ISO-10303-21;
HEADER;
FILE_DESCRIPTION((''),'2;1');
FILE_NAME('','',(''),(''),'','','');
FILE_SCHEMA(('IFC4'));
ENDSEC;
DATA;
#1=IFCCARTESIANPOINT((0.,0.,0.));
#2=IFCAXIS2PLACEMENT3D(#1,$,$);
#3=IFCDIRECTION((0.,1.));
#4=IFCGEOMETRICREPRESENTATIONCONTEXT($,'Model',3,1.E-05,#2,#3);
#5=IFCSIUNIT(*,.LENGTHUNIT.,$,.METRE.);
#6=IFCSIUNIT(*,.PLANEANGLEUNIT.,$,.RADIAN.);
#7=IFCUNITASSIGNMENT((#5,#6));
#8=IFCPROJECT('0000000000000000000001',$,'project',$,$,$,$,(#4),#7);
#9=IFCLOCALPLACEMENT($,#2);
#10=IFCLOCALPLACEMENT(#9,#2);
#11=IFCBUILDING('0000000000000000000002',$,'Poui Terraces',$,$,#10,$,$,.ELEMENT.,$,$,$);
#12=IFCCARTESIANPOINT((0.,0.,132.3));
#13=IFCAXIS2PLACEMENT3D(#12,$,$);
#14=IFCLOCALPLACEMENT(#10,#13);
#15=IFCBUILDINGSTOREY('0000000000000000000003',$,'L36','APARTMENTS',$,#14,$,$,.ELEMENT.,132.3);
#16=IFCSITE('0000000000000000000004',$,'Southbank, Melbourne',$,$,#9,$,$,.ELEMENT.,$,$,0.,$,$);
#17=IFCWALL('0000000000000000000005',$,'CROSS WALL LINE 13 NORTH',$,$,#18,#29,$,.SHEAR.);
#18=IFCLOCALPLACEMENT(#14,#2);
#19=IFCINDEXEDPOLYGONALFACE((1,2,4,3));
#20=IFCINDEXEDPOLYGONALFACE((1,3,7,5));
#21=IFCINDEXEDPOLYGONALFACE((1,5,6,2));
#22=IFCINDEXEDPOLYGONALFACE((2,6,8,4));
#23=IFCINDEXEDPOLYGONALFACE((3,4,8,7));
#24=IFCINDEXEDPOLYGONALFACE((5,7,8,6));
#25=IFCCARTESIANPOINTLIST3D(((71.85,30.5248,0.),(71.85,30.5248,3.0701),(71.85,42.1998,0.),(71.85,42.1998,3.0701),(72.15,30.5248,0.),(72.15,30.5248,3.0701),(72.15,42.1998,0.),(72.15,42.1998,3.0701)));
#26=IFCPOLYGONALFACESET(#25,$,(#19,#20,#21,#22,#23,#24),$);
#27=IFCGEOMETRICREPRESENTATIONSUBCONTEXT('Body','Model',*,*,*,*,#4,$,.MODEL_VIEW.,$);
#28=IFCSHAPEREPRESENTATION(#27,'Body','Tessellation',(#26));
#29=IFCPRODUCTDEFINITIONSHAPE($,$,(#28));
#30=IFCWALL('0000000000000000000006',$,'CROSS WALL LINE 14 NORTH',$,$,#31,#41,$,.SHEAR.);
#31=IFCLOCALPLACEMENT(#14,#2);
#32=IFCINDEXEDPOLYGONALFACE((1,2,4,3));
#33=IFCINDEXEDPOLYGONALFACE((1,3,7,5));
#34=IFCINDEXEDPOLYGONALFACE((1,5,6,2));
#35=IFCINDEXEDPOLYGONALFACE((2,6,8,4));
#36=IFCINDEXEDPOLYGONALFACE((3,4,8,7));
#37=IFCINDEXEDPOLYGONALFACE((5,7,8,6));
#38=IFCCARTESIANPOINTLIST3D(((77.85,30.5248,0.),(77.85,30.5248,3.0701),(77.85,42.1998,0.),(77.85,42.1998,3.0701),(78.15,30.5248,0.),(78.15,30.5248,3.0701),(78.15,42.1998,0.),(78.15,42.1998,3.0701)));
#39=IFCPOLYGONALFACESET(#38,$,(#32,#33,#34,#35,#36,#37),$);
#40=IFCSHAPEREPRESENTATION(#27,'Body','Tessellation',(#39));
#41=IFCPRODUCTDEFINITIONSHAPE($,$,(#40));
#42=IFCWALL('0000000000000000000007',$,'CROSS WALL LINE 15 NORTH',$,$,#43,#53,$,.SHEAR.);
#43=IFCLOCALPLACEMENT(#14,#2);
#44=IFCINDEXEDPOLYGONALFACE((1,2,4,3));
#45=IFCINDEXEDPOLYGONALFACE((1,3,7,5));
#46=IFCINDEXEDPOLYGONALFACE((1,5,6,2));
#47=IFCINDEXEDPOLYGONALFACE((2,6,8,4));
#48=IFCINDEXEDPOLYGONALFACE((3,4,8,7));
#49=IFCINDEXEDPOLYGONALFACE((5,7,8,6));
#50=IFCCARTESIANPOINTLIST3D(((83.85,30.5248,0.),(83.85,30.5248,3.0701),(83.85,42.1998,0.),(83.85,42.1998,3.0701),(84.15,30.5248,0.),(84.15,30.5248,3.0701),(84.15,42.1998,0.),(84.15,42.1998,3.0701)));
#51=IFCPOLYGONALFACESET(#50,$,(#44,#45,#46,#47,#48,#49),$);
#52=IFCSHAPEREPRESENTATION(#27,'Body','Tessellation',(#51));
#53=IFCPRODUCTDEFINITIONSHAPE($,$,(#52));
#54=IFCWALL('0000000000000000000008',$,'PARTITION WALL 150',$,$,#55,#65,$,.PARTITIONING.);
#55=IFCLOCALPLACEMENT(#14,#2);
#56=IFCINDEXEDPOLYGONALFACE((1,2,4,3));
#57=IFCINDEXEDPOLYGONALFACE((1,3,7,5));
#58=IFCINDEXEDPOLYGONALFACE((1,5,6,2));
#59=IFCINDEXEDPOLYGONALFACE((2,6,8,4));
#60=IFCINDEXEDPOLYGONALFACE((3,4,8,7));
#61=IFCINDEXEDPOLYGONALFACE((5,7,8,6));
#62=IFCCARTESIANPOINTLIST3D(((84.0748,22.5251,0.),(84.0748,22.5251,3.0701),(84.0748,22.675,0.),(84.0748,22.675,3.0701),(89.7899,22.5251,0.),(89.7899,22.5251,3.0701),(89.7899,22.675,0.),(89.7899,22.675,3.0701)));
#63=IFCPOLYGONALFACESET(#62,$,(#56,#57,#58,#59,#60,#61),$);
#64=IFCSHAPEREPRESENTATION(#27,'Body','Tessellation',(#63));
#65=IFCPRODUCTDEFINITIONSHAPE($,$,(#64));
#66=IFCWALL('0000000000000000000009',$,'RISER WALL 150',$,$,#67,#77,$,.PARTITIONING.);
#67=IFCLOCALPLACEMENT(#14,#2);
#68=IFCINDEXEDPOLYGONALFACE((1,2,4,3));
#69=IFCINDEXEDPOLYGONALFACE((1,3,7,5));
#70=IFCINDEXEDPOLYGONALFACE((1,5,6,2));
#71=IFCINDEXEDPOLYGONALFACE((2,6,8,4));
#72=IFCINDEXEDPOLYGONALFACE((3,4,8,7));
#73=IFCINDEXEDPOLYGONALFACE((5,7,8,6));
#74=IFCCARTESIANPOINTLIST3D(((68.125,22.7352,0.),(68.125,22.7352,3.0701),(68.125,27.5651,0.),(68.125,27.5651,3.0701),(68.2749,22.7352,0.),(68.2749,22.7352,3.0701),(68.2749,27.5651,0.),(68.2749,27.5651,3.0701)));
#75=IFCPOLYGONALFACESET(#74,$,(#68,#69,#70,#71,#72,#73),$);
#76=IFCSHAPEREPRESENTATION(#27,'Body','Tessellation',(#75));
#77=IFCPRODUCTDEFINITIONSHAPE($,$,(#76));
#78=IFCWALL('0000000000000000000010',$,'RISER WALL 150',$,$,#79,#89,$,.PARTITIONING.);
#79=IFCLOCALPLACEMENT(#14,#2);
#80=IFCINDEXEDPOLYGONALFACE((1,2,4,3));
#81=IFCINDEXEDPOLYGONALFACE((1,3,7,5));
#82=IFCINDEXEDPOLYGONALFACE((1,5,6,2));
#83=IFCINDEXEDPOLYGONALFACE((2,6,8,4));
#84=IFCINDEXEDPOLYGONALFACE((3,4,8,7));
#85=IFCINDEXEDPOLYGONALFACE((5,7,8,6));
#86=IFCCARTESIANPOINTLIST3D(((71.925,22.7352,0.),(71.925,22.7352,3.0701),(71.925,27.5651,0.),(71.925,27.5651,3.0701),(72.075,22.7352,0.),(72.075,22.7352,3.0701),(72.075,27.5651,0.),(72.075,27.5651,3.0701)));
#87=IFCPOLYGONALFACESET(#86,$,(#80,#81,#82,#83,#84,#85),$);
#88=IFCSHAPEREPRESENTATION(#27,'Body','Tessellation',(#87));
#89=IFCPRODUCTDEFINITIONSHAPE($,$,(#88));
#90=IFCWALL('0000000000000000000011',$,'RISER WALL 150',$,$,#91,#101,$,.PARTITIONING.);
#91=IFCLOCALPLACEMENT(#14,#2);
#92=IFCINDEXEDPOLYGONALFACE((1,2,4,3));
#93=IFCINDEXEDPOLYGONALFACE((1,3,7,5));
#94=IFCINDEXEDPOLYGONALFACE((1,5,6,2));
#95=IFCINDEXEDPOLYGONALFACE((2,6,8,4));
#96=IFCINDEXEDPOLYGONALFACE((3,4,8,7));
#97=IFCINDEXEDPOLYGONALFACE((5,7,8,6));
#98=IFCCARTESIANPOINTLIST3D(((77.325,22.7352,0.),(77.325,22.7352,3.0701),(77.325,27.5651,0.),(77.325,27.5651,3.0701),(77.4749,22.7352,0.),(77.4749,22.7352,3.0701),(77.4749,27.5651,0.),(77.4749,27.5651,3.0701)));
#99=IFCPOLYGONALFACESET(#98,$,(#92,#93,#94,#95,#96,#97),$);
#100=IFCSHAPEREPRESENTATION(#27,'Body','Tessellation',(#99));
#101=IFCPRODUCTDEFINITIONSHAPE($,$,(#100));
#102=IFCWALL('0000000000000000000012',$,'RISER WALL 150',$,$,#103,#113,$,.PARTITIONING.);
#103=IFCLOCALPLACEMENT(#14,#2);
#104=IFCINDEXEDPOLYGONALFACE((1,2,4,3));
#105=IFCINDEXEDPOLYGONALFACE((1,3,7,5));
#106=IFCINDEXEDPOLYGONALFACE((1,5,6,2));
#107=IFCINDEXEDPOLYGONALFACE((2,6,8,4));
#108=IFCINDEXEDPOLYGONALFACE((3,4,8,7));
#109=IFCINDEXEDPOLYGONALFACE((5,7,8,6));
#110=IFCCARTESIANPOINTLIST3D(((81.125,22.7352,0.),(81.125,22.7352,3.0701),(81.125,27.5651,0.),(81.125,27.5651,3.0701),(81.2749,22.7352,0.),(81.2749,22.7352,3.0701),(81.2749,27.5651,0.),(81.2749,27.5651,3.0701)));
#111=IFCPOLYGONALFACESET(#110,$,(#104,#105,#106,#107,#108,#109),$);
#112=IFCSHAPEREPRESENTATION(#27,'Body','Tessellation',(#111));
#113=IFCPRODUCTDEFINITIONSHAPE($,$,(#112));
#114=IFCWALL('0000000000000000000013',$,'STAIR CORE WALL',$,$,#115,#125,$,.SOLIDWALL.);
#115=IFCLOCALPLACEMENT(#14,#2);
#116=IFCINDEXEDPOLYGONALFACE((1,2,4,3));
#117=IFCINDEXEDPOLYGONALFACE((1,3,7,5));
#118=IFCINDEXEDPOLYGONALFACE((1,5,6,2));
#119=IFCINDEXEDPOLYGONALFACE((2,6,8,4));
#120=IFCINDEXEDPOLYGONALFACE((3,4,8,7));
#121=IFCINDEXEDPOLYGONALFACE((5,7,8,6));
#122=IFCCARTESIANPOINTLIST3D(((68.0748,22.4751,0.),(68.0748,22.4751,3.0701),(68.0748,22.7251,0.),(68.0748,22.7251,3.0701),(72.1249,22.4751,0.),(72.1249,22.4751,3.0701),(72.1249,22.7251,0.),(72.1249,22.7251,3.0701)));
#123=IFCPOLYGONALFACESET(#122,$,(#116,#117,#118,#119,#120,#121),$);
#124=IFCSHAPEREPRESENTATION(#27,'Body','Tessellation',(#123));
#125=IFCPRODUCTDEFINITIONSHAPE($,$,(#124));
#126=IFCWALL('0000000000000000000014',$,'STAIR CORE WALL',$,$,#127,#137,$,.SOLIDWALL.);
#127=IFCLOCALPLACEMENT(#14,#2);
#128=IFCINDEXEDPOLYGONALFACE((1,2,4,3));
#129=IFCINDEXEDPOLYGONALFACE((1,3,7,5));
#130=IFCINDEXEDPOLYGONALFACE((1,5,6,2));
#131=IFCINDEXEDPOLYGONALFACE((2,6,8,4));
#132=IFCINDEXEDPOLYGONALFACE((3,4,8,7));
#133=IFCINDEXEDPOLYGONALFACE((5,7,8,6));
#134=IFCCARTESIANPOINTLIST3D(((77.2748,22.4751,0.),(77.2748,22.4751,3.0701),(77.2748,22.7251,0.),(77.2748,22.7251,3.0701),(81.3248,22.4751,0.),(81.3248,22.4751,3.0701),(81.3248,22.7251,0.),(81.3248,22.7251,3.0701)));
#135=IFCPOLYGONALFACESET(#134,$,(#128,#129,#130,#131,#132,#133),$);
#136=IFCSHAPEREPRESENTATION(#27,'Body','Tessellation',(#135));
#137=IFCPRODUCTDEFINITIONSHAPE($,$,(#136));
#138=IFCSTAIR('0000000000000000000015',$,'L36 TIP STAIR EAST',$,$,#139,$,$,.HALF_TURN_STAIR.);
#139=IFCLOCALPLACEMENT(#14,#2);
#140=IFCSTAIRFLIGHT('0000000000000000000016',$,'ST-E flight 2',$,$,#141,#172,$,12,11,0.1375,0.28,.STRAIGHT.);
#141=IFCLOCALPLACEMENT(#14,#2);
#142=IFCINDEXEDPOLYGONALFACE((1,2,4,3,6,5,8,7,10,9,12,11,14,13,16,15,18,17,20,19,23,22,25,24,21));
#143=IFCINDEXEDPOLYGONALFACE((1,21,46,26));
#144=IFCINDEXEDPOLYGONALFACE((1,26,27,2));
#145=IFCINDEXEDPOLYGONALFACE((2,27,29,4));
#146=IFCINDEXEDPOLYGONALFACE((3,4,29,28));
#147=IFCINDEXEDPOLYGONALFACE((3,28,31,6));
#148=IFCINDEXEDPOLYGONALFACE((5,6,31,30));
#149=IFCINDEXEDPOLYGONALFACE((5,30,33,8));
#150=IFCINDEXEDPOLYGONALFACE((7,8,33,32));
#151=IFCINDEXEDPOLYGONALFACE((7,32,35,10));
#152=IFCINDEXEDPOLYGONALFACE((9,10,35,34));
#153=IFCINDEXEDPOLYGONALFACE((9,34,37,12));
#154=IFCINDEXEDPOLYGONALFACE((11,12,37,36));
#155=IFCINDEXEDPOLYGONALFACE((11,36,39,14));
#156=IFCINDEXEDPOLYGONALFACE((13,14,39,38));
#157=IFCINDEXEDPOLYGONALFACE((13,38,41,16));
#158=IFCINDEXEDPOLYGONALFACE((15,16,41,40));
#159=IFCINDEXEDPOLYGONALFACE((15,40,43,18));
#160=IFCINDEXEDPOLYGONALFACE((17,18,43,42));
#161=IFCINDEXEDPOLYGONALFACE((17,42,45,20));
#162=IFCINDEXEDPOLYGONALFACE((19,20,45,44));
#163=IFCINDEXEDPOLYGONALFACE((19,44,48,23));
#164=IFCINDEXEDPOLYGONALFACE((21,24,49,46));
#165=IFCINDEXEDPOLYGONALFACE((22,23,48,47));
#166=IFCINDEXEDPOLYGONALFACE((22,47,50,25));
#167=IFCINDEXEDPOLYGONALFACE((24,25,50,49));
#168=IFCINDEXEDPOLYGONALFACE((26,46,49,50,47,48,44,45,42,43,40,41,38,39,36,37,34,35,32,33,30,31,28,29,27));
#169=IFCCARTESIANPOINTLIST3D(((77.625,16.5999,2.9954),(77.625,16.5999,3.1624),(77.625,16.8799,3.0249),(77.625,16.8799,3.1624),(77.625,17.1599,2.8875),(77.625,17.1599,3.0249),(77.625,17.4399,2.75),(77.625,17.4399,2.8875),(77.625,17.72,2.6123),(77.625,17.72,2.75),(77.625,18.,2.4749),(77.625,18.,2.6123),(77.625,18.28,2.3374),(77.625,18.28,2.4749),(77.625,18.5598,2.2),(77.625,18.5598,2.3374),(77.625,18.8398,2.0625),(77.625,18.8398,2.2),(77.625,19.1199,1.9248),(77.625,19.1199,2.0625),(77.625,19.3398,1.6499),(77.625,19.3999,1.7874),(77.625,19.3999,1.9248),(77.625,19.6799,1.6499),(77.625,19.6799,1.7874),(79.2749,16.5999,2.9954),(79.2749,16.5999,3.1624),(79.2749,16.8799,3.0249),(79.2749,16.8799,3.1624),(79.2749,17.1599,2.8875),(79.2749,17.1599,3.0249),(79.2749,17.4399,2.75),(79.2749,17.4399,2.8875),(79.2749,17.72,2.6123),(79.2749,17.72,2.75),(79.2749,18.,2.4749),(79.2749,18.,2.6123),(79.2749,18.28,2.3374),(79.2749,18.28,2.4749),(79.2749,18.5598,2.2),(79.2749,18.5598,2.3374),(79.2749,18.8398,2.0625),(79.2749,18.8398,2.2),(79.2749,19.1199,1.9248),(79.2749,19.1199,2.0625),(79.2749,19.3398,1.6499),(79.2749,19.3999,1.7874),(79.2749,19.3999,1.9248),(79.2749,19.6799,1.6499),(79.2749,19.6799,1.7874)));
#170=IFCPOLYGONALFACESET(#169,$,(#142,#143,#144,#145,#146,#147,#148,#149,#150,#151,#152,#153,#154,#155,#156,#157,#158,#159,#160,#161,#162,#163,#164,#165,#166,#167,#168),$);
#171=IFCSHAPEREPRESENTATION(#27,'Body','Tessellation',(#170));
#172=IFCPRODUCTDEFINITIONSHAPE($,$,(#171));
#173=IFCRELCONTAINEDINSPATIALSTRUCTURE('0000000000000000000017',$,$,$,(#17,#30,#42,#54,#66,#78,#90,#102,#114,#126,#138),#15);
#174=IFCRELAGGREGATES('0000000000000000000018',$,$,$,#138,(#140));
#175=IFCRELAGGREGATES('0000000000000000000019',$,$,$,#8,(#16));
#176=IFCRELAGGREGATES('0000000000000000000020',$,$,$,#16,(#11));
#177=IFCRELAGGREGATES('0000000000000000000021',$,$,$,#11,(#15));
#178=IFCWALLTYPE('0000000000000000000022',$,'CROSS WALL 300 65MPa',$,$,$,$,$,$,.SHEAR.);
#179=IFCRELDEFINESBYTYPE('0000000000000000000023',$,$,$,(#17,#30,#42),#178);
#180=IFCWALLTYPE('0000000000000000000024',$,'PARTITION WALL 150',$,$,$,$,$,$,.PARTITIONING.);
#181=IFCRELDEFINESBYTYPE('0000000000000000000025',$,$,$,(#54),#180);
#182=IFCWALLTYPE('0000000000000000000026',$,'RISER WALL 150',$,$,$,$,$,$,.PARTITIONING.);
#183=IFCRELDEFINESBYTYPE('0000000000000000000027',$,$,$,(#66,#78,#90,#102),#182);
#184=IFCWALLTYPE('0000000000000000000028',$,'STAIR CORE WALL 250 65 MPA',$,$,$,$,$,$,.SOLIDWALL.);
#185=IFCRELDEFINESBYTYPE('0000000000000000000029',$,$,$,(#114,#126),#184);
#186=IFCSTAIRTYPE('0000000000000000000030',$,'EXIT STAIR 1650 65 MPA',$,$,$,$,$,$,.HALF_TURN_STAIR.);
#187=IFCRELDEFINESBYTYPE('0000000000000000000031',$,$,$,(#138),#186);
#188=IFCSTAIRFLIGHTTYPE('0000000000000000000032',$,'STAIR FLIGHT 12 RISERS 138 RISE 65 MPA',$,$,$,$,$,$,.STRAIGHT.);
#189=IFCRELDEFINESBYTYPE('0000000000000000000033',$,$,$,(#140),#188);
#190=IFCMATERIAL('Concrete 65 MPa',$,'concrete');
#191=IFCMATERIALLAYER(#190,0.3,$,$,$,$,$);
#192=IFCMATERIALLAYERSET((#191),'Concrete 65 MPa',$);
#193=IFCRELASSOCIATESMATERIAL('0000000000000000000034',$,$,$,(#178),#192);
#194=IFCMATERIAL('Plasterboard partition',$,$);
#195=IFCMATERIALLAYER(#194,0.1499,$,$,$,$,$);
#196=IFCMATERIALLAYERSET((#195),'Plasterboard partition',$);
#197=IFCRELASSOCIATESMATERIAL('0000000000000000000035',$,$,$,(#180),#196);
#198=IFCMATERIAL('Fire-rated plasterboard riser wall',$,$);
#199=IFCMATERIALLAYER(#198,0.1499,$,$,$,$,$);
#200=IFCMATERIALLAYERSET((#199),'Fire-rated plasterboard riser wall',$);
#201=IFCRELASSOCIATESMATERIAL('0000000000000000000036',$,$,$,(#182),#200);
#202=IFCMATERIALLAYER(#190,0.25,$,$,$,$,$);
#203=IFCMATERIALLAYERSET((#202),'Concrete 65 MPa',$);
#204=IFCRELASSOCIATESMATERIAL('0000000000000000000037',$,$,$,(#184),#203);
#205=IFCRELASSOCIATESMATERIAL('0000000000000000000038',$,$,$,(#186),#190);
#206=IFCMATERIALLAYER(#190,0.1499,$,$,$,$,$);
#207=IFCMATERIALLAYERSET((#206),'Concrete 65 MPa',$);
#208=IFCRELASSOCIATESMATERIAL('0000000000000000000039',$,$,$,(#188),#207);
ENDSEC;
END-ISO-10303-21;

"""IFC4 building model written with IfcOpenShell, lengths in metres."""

from ifc_helpers import new_model, si_unit, direction, frame, frame_2d, origin, place, context, subcontext, project, spatial, polyline, rectangle, outline, extrude, material, layer, layer_set, type_object, element, aggregate, save


model = new_model("IFC4")

# Units and contexts
model_context = context("Model", 3, precision=1e-05, world=origin(), true_north=direction((0.0, 1.0)))
body_context = subcontext(model_context, "Body", "Model", "MODEL_VIEW")
ifc_project = project(units=[si_unit("LENGTHUNIT", "METRE"), si_unit("PLANEANGLEUNIT", "RADIAN")], contexts=[model_context])

# Site, building, storey
site_placement = place(None, origin())
site = spatial("IfcSite", under=ifc_project, at=site_placement, Name="Southbank, Melbourne", CompositionType="ELEMENT", RefElevation=0.0)
building_placement = place(site_placement, origin())
building = spatial("IfcBuilding", under=site, at=building_placement, Name="Poui Terraces", CompositionType="ELEMENT")
storey_placement = place(building_placement, frame((0.0, 0.0, 132.3)))
storey = spatial("IfcBuildingStorey", under=building, at=storey_placement, Name="L36", Description="APARTMENTS", CompositionType="ELEMENT", Elevation=132.3)

# Shared definitions
ifc_material_1 = material(Name="Concrete 65 MPa", Category="concrete")

# Shared definitions
ifc_layer_1 = layer(ifc_material_1, 0.3)
ifc_layer_set_1 = layer_set([ifc_layer_1], Name="Concrete 65 MPa")
wall_type_1 = type_object("IfcWallType", Name="CROSS WALL 300 65MPa", PredefinedType="SHEAR", material=ifc_layer_set_1)

# Walls
for number, where, z_axis, x_axis, name in (
    (1, (72.0, 30.5249, 0.0), (0.0, 0.0, 1.0), (0.0, 1.0, 0.0), "CROSS WALL LINE 13 NORTH"),
    (2, (78.0, 30.5249, 0.0), (0.0, 0.0, 1.0), (0.0, 1.0, 0.0), "CROSS WALL LINE 14 NORTH"),
    (3, (84.0, 30.5249, 0.0), (0.0, 0.0, 1.0), (0.0, 1.0, 0.0), "CROSS WALL LINE 15 NORTH"),
):
    element("IfcWall", number, at=place(storey_placement, frame(where, z_axis=z_axis, x_axis=x_axis)), inside=storey, type_object=wall_type_1, Name=name, PredefinedType="SHEAR", context=body_context, shape_type="SweptSolid", body=[
        extrude(rectangle(XDim=11.675, YDim=0.3, at=frame_2d((5.8374, 0.0))), origin(), (0.0, 0.0, 1.0), 3.0701),
    ])
ifc_material_2 = material(Name="Plasterboard partition")
ifc_layer_2 = layer(ifc_material_2, 0.1499)
ifc_layer_set_2 = layer_set([ifc_layer_2], Name="Plasterboard partition")
wall_type_2 = type_object("IfcWallType", Name="PARTITION WALL 150", PredefinedType="PARTITIONING", material=ifc_layer_set_2)
wall_1_placement = place(storey_placement, frame((84.075, 22.6001, 0.0), z_axis=(0.0, 0.0, 1.0), x_axis=(1.0, 0.0, 0.0)))
element("IfcWall", 4, at=wall_1_placement, inside=storey, type_object=wall_type_2, Name="PARTITION WALL 150", PredefinedType="PARTITIONING", context=body_context, shape_type="SweptSolid", body=[
    extrude(rectangle(XDim=5.7151, YDim=0.1499, at=frame_2d((2.8574, 0.0))), origin(), (0.0, 0.0, 1.0), 3.0701),
])
ifc_material_3 = material(Name="Fire-rated plasterboard riser wall")
ifc_layer_3 = layer(ifc_material_3, 0.1499)
ifc_layer_set_3 = layer_set([ifc_layer_3], Name="Fire-rated plasterboard riser wall")
wall_type_3 = type_object("IfcWallType", Name="RISER WALL 150", PredefinedType="PARTITIONING", material=ifc_layer_set_3)
for number, where, z_axis, x_axis, name in (
    (5, (68.2, 22.7351, 0.0), (0.0, 0.0, 1.0), (0.0, 1.0, 0.0), "RISER WALL 150"),
    (6, (72.0, 22.7351, 0.0), (0.0, 0.0, 1.0), (0.0, 1.0, 0.0), "RISER WALL 150"),
    (7, (77.3999, 22.7351, 0.0), (0.0, 0.0, 1.0), (0.0, 1.0, 0.0), "RISER WALL 150"),
    (8, (81.2, 22.7351, 0.0), (0.0, 0.0, 1.0), (0.0, 1.0, 0.0), "RISER WALL 150"),
):
    element("IfcWall", number, at=place(storey_placement, frame(where, z_axis=z_axis, x_axis=x_axis)), inside=storey, type_object=wall_type_3, Name=name, PredefinedType="PARTITIONING", context=body_context, shape_type="SweptSolid", body=[
        extrude(rectangle(XDim=4.8298, YDim=0.1499, at=frame_2d((2.415, 0.0))), origin(), (0.0, 0.0, 1.0), 3.0701),
    ])
ifc_layer_4 = layer(ifc_material_1, 0.25)
ifc_layer_set_4 = layer_set([ifc_layer_4], Name="Concrete 65 MPa")
wall_type_4 = type_object("IfcWallType", Name="STAIR CORE WALL 250 65 MPA", PredefinedType="SOLIDWALL", material=ifc_layer_set_4)
for number, where, z_axis, x_axis, name in (
    (9, (68.075, 22.6001, 0.0), (0.0, 0.0, 1.0), (1.0, 0.0, 0.0), "STAIR CORE WALL"),
    (10, (77.2749, 22.6001, 0.0), (0.0, 0.0, 1.0), (1.0, 0.0, 0.0), "STAIR CORE WALL"),
):
    element("IfcWall", number, at=place(storey_placement, frame(where, z_axis=z_axis, x_axis=x_axis)), inside=storey, type_object=wall_type_4, Name=name, PredefinedType="SOLIDWALL", context=body_context, shape_type="SweptSolid", body=[
        extrude(rectangle(XDim=4.05, YDim=0.25, at=frame_2d((2.0249, 0.0))), origin(), (0.0, 0.0, 1.0), 3.0701),
    ])

# Stair, stair flight
stair_type = type_object("IfcStairType", Name="EXIT STAIR 1650 65 MPA", PredefinedType="HALF_TURN_STAIR", material=ifc_material_1)
stair_placement = place(storey_placement, origin())
stair = element("IfcStair", 11, at=stair_placement, inside=storey, type_object=stair_type, Name="L36 TIP STAIR EAST", PredefinedType="HALF_TURN_STAIR")
ifc_layer_5 = layer(ifc_material_1, 0.1499)
ifc_layer_set_5 = layer_set([ifc_layer_5], Name="Concrete 65 MPa")
stair_flight_type = type_object("IfcStairFlightType", Name="STAIR FLIGHT 12 RISERS 138 RISE 65 MPA", PredefinedType="STRAIGHT", material=ifc_layer_set_5)
stair_flight_placement = place(storey_placement, frame((78.45, 19.6799, 1.6499), z_axis=(0.0, 0.0, 1.0), x_axis=(0.0, -1.0, 0.0)))
stair_flight = element("IfcStairFlight", 12, at=stair_flight_placement, type_object=stair_flight_type, Name="ST-E flight 2", NumberOfRisers=12, NumberOfTreads=11, PredefinedType="STRAIGHT", RiserHeight=0.1375, TreadLength=0.28, context=body_context, shape_type="SweptSolid", body=[
    extrude(outline(polyline([(0.0, 0.0), (0.0, 0.1375), (0.28, 0.1375), (0.28, 0.2749), (0.5601, 0.2749), (0.5601, 0.4126), (0.8401, 0.4126), (0.8401, 0.55), (1.1201, 0.55), (1.1201, 0.6875), (1.3999, 0.6875), (1.3999, 0.825), (1.6799, 0.825), (1.6799, 0.9624), (1.96, 0.9624), (1.96, 1.1001), (2.24, 1.1001), (2.24, 1.2375), (2.52, 1.2375), (2.52, 1.375), (2.8, 1.375), (2.8, 1.5125), (3.0801, 1.5125), (3.0801, 1.6499), (3.0801, 1.3455), (0.3401, 0.0), (0.0, 0.0)])), frame((0.0, 0.825, 0.0), z_axis=(0.0, -1.0, 0.0), x_axis=(1.0, 0.0, 0.0)), (0.0, 0.0, 1.0), 1.6499),
])
aggregate(stair, [stair_flight])

save(model, "model.ifc")
